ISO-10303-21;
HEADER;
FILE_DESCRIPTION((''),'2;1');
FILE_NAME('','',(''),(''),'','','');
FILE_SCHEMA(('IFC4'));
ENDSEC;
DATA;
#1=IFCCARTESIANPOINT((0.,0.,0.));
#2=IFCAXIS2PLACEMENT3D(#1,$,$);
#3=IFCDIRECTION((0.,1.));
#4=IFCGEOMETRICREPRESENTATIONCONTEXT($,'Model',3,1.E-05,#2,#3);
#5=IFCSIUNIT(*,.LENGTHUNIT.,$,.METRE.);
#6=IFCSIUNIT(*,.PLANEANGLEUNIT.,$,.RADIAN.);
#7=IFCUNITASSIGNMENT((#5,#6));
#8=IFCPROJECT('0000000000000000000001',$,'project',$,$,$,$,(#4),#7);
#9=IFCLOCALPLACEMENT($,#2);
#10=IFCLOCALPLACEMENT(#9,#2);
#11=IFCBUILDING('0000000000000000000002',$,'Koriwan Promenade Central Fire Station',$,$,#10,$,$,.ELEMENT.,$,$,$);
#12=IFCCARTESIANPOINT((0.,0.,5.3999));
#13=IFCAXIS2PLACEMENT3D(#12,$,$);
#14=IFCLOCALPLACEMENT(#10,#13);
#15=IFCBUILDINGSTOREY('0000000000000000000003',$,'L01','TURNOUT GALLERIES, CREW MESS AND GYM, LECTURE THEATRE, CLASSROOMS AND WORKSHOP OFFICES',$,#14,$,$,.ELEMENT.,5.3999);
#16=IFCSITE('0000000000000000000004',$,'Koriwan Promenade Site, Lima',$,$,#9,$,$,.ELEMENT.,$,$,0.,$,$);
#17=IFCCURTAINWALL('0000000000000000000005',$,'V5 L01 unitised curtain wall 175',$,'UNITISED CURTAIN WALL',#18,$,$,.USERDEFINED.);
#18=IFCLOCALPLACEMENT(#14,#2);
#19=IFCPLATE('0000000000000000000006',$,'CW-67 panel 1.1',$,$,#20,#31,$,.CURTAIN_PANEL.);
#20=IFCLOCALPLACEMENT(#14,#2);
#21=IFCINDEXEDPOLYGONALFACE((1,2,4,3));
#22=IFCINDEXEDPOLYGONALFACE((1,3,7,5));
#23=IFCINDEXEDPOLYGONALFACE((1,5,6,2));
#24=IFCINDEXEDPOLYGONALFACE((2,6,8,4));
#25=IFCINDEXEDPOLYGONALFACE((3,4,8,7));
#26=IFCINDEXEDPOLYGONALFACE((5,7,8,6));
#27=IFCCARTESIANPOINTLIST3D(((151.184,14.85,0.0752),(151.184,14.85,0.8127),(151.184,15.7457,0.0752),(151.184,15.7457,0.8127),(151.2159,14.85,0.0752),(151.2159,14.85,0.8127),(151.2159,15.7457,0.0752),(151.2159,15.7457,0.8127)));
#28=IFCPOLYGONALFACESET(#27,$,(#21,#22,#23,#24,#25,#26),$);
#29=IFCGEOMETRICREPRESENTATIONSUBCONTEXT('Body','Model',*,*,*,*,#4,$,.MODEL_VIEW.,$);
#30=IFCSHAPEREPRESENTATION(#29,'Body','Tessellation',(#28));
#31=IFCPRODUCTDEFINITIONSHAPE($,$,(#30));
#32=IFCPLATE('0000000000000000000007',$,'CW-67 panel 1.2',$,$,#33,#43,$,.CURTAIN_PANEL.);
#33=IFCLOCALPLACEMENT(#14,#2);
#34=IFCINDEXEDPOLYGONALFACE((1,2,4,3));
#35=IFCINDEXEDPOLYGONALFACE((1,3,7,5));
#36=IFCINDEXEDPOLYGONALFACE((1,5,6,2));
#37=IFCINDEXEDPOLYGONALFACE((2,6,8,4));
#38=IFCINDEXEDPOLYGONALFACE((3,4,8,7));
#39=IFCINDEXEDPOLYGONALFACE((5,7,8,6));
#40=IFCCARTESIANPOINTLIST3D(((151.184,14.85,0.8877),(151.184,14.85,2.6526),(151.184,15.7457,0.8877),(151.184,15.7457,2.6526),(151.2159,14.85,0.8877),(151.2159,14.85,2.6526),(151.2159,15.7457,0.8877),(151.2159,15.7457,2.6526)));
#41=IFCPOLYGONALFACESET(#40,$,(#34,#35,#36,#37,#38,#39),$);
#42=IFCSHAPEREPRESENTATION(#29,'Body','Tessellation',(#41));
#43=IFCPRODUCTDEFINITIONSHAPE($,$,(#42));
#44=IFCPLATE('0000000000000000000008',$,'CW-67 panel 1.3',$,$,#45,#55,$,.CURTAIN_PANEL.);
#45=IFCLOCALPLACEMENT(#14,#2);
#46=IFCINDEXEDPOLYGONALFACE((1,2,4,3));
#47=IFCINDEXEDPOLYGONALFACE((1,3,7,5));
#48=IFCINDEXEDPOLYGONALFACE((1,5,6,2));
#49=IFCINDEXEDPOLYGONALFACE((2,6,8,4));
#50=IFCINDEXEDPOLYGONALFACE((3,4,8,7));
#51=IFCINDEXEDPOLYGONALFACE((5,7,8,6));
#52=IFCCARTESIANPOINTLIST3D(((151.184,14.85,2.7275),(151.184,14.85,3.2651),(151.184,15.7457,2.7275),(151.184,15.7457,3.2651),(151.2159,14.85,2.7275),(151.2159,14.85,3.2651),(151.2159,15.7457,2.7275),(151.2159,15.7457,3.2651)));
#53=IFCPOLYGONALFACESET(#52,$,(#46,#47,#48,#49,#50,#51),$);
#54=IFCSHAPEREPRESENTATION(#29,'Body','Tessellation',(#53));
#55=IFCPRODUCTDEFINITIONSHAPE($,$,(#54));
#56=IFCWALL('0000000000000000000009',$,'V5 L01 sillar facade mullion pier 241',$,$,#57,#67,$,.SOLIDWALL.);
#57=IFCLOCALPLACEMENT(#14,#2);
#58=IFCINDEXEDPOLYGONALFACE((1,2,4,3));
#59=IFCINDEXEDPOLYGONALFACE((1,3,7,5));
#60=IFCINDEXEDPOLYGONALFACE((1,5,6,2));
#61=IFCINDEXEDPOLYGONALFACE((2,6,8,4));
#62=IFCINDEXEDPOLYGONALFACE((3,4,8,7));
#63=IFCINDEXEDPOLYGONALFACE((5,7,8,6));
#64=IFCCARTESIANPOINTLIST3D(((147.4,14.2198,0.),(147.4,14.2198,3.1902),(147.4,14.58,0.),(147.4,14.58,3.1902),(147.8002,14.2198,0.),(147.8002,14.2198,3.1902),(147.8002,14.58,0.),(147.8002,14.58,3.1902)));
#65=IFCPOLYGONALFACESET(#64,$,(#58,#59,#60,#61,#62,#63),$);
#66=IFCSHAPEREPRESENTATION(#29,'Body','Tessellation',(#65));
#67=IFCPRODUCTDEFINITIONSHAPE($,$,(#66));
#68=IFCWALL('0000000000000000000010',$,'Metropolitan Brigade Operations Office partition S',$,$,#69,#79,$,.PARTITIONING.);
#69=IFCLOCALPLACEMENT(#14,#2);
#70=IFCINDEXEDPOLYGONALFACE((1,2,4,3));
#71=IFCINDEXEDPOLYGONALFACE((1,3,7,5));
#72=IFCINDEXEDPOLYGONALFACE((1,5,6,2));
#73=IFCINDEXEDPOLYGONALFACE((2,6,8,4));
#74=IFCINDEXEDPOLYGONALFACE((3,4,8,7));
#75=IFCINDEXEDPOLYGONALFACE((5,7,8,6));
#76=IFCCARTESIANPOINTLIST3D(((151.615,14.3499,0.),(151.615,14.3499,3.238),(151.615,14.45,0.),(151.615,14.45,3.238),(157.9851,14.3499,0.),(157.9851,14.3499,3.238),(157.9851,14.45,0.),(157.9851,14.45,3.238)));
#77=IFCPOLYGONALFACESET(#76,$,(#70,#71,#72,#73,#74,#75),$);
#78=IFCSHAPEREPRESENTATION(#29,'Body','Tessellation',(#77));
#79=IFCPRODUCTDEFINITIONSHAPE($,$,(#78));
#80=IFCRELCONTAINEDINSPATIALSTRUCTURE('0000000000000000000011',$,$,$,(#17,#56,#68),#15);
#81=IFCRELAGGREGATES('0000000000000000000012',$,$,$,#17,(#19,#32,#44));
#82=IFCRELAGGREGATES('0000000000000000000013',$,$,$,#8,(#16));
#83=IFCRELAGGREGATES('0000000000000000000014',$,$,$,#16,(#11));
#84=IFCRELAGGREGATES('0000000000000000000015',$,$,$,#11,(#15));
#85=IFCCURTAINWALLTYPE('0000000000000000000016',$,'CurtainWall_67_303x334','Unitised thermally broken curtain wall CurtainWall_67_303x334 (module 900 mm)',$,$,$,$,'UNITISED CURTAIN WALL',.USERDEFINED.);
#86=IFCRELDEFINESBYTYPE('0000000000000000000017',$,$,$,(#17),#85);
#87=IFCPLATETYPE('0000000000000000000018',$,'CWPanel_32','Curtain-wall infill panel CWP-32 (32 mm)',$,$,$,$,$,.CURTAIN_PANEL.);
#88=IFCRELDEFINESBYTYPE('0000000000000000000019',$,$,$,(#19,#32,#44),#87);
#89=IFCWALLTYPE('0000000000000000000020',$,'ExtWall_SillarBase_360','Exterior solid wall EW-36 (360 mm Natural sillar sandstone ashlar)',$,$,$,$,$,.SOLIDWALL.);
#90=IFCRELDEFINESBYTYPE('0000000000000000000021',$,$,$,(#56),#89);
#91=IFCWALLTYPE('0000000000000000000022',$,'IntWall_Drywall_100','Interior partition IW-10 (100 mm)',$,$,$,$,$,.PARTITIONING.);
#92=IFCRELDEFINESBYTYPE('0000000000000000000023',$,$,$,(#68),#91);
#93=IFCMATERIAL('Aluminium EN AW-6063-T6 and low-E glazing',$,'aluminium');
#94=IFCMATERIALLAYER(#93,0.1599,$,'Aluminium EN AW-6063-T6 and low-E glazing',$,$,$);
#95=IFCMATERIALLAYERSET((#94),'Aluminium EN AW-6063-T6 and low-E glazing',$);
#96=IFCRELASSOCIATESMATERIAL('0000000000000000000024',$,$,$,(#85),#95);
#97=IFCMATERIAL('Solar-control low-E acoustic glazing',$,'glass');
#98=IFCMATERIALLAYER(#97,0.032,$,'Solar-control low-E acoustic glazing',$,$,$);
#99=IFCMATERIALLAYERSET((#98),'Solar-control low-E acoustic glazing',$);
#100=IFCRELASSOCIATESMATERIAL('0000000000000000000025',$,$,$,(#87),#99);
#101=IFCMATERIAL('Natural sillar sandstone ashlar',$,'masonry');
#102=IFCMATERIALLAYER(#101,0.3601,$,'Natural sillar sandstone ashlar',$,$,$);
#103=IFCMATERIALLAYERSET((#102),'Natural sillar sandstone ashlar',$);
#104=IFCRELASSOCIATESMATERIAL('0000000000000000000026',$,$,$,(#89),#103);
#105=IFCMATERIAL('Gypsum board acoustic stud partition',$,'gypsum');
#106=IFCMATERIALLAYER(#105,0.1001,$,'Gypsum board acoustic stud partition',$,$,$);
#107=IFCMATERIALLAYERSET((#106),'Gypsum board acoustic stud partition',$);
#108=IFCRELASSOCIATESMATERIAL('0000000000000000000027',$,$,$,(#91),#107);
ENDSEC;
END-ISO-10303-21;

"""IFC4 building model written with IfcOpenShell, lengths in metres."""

from ifc_helpers import new_model, si_unit, direction, frame, frame_2d, origin, origin_2d, place, context, subcontext, project, spatial, rectangle, extrude, material, layer, layer_set, type_object, element, aggregate, save


model = new_model("IFC4")

# Units and contexts
model_context = context("Model", 3, precision=1e-05, world=origin(), true_north=direction((0.0, 1.0)))
body_context = subcontext(model_context, "Body", "Model", "MODEL_VIEW")
ifc_project = project(units=[si_unit("LENGTHUNIT", "METRE"), si_unit("PLANEANGLEUNIT", "RADIAN")], contexts=[model_context])

# Site, building, storey
site_placement = place(None, origin())
site = spatial("IfcSite", under=ifc_project, at=site_placement, Name="Koriwan Promenade Site, Lima", CompositionType="ELEMENT", RefElevation=0.0)
building_placement = place(site_placement, origin())
building = spatial("IfcBuilding", under=site, at=building_placement, Name="Koriwan Promenade Central Fire Station", CompositionType="ELEMENT")
storey_placement = place(building_placement, frame((0.0, 0.0, 5.3999)))
storey = spatial("IfcBuildingStorey", under=building, at=storey_placement, Name="L01", Description="TURNOUT GALLERIES, CREW MESS AND GYM, LECTURE THEATRE, CLASSROOMS AND WORKSHOP OFFICES", CompositionType="ELEMENT", Elevation=5.3999)

# Shared definitions
ifc_material_1 = material(Name="Aluminium EN AW-6063-T6 and low-E glazing", Category="aluminium")

# Curtain wall
ifc_layer_1 = layer(ifc_material_1, 0.1599, Name="Aluminium EN AW-6063-T6 and low-E glazing")
ifc_layer_set_1 = layer_set([ifc_layer_1], Name="Aluminium EN AW-6063-T6 and low-E glazing")
curtain_wall_type_1 = type_object("IfcCurtainWallType", Name="CurtainWall_67_303x334", Description="Unitised thermally broken curtain wall CurtainWall_67_303x334 (module 900 mm)", ElementType="UNITISED CURTAIN WALL", PredefinedType="USERDEFINED", material=ifc_layer_set_1)
curtain_wall_1_placement = place(storey_placement, origin())
curtain_wall_1 = element("IfcCurtainWall", 1, at=curtain_wall_1_placement, inside=storey, type_object=curtain_wall_type_1, Name="V5 L01 unitised curtain wall 175", ObjectType="UNITISED CURTAIN WALL", PredefinedType="USERDEFINED")

# Plates
ifc_material_2 = material(Name="Solar-control low-E acoustic glazing", Category="glass")
ifc_layer_2 = layer(ifc_material_2, 0.032, Name="Solar-control low-E acoustic glazing")
ifc_layer_set_2 = layer_set([ifc_layer_2], Name="Solar-control low-E acoustic glazing")
plate_type = type_object("IfcPlateType", Name="CWPanel_32", Description="Curtain-wall infill panel CWP-32 (32 mm)", PredefinedType="CURTAIN_PANEL", material=ifc_layer_set_2)
plate_1_placement = place(storey_placement, frame((151.2, 15.2979, 0.0752), z_axis=(0.0, 0.0, 1.0), x_axis=(0.0, 1.0, 0.0)))
plate_1 = element("IfcPlate", 2, at=plate_1_placement, type_object=plate_type, Name="CW-67 panel 1.1", PredefinedType="CURTAIN_PANEL", context=body_context, shape_type="SweptSolid", body=[
    extrude(rectangle(XDim=0.8958, YDim=0.032, at=origin_2d()), origin(), (0.0, 0.0, 1.0), 0.7375),
])
plate_2_placement = place(storey_placement, frame((151.2, 15.2979, 0.8877), z_axis=(0.0, 0.0, 1.0), x_axis=(0.0, 1.0, 0.0)))
plate_2 = element("IfcPlate", 3, at=plate_2_placement, type_object=plate_type, Name="CW-67 panel 1.2", PredefinedType="CURTAIN_PANEL", context=body_context, shape_type="SweptSolid", body=[
    extrude(rectangle(XDim=0.8958, YDim=0.032, at=origin_2d()), origin(), (0.0, 0.0, 1.0), 1.7649),
])
plate_3_placement = place(storey_placement, frame((151.2, 15.2979, 2.7275), z_axis=(0.0, 0.0, 1.0), x_axis=(0.0, 1.0, 0.0)))
plate_3 = element("IfcPlate", 4, at=plate_3_placement, type_object=plate_type, Name="CW-67 panel 1.3", PredefinedType="CURTAIN_PANEL", context=body_context, shape_type="SweptSolid", body=[
    extrude(rectangle(XDim=0.8958, YDim=0.032, at=origin_2d()), origin(), (0.0, 0.0, 1.0), 0.5376),
])
aggregate(curtain_wall_1, [plate_1, plate_2, plate_3])

# Walls
ifc_material_3 = material(Name="Natural sillar sandstone ashlar", Category="masonry")
ifc_layer_3 = layer(ifc_material_3, 0.3601, Name="Natural sillar sandstone ashlar")
ifc_layer_set_3 = layer_set([ifc_layer_3], Name="Natural sillar sandstone ashlar")
wall_type_1 = type_object("IfcWallType", Name="ExtWall_SillarBase_360", Description="Exterior solid wall EW-36 (360 mm Natural sillar sandstone ashlar)", PredefinedType="SOLIDWALL", material=ifc_layer_set_3)
wall_1_placement = place(storey_placement, frame((147.3999, 14.3999, 0.0), z_axis=(0.0, 0.0, 1.0), x_axis=(1.0, 0.0, 0.0)))
element("IfcWall", 5, at=wall_1_placement, inside=storey, type_object=wall_type_1, Name="V5 L01 sillar facade mullion pier 241", PredefinedType="SOLIDWALL", context=body_context, shape_type="SweptSolid", body=[
    extrude(rectangle(XDim=0.4001, YDim=0.3601, at=frame_2d((0.2002, 0.0))), origin(), (0.0, 0.0, 1.0), 3.1902),
])
ifc_material_4 = material(Name="Gypsum board acoustic stud partition", Category="gypsum")
ifc_layer_4 = layer(ifc_material_4, 0.1001, Name="Gypsum board acoustic stud partition")
ifc_layer_set_4 = layer_set([ifc_layer_4], Name="Gypsum board acoustic stud partition")
wall_type_2 = type_object("IfcWallType", Name="IntWall_Drywall_100", Description="Interior partition IW-10 (100 mm)", PredefinedType="PARTITIONING", material=ifc_layer_set_4)
wall_2_placement = place(storey_placement, frame((151.615, 14.3999, 0.0), z_axis=(0.0, 0.0, 1.0), x_axis=(1.0, 0.0, 0.0)))
element("IfcWall", 6, at=wall_2_placement, inside=storey, type_object=wall_type_2, Name="Metropolitan Brigade Operations Office partition S", PredefinedType="PARTITIONING", context=body_context, shape_type="SweptSolid", body=[
    extrude(rectangle(XDim=6.3701, YDim=0.1001, at=frame_2d((3.1851, 0.0))), origin(), (0.0, 0.0, 1.0), 3.238),
])

save(model, "model.ifc")
